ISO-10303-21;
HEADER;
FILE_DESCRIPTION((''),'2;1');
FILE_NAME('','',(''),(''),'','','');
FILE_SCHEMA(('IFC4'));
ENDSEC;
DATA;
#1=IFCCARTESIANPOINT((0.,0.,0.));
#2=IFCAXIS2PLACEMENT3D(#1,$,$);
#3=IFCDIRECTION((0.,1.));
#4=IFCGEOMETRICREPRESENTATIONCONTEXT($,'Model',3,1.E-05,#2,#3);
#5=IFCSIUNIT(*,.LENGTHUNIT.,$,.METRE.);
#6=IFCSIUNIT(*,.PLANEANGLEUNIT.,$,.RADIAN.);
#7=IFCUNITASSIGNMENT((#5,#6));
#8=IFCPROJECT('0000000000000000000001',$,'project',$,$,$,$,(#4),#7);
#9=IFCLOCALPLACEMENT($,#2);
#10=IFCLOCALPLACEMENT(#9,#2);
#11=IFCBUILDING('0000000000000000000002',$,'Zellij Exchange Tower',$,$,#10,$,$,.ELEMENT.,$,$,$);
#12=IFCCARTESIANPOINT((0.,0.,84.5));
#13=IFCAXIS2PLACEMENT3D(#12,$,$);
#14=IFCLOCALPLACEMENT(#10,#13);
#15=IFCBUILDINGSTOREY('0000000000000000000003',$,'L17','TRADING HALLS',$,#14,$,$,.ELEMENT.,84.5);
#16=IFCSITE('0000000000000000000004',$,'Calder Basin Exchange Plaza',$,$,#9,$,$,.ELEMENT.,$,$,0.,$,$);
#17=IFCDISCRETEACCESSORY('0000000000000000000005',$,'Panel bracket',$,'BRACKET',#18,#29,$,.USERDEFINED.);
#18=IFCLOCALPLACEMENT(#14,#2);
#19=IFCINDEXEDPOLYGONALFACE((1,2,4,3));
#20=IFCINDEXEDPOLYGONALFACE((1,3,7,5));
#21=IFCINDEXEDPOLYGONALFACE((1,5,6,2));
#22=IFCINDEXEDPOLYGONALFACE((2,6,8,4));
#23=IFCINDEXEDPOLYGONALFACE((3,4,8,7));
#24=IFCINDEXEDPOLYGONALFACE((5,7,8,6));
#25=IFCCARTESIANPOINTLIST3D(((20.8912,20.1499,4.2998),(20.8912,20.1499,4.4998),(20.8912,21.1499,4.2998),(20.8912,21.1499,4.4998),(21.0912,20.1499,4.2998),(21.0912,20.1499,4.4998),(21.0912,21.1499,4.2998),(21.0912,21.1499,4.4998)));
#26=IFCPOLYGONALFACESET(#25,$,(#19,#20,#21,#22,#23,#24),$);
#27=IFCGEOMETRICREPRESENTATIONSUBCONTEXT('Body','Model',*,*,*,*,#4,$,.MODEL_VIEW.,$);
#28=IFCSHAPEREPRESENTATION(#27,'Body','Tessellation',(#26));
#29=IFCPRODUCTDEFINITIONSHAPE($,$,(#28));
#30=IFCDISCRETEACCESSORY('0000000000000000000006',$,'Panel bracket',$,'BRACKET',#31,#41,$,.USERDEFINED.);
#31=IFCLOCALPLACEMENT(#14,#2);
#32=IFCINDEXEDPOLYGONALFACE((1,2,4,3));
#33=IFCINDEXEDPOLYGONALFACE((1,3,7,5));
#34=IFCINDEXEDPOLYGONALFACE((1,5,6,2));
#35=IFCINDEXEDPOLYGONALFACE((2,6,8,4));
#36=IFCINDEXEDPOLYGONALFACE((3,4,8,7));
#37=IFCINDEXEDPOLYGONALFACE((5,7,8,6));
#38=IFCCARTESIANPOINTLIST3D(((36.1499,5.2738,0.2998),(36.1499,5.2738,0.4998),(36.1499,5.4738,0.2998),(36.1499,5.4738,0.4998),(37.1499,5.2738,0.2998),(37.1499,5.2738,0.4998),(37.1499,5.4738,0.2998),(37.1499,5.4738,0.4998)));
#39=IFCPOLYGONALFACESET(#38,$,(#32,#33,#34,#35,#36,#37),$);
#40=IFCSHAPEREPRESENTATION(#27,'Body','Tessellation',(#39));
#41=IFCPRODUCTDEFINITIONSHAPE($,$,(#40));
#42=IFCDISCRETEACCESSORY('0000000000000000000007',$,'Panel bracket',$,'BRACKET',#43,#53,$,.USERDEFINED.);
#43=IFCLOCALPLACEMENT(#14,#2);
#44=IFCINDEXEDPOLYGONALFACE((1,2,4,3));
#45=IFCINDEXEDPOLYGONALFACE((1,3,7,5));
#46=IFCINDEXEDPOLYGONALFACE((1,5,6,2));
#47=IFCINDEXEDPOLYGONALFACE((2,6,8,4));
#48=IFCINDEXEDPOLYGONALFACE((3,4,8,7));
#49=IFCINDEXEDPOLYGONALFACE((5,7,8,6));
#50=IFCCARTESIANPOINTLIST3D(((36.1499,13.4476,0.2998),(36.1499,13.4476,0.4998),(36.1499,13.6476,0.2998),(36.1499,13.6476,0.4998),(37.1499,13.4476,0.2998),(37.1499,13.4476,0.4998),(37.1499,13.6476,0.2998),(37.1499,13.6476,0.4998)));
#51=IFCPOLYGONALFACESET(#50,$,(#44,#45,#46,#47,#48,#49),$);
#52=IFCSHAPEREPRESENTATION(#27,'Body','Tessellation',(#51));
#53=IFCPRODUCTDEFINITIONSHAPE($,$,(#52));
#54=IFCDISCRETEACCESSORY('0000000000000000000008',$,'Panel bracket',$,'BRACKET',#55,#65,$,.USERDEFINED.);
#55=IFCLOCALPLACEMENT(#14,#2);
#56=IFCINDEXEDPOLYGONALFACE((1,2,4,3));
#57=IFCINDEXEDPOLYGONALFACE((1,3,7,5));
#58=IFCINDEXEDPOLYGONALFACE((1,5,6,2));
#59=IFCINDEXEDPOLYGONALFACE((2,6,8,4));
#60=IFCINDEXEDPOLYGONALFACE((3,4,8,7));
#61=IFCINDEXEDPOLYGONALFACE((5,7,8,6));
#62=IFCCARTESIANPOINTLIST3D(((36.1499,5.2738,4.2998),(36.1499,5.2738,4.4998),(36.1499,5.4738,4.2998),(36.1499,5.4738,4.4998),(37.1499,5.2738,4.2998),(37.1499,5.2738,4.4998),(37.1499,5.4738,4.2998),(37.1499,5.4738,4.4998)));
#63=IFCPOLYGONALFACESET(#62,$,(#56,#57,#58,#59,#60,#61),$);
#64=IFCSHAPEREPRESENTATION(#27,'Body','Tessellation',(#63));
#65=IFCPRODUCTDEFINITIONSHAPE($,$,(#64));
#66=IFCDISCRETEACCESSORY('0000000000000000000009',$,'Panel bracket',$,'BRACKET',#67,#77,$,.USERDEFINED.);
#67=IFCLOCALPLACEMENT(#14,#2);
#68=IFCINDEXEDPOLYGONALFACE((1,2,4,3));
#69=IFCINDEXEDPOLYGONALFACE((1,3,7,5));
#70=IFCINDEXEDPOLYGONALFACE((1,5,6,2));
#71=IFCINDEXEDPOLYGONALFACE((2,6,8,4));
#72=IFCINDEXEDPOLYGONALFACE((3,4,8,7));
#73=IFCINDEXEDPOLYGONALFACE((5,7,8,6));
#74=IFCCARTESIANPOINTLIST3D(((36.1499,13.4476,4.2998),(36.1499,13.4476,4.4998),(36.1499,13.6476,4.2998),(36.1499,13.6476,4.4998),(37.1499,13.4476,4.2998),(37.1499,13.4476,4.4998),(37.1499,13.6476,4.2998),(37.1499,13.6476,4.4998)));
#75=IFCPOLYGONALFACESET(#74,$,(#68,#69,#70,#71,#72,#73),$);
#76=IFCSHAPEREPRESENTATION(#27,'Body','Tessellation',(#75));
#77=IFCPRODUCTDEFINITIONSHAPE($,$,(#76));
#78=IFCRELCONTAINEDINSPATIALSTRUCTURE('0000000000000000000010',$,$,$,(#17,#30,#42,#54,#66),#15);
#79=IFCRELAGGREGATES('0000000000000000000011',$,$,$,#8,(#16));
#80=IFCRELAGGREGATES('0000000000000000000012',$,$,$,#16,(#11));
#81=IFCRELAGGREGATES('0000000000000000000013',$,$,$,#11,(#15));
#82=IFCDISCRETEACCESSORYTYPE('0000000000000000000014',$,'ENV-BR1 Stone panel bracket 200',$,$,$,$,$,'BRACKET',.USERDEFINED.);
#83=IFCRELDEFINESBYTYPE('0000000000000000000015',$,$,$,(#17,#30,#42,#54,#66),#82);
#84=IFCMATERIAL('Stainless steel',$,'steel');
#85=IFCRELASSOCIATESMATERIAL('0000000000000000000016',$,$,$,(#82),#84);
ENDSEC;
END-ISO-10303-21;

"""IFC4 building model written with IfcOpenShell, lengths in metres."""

from ifc_helpers import new_model, si_unit, direction, frame, origin, origin_2d, place, context, subcontext, project, spatial, rectangle, extrude, material, type_object, element, save


model = new_model("IFC4")

# Units and contexts
model_context = context("Model", 3, precision=1e-05, world=origin(), true_north=direction((0.0, 1.0)))
body_context = subcontext(model_context, "Body", "Model", "MODEL_VIEW")
ifc_project = project(units=[si_unit("LENGTHUNIT", "METRE"), si_unit("PLANEANGLEUNIT", "RADIAN")], contexts=[model_context])

# Site, building, storey
site_placement = place(None, origin())
site = spatial("IfcSite", under=ifc_project, at=site_placement, Name="Calder Basin Exchange Plaza", CompositionType="ELEMENT", RefElevation=0.0)
building_placement = place(site_placement, origin())
building = spatial("IfcBuilding", under=site, at=building_placement, Name="Zellij Exchange Tower", CompositionType="ELEMENT")
storey_placement = place(building_placement, frame((0.0, 0.0, 84.5)))
storey = spatial("IfcBuildingStorey", under=building, at=storey_placement, Name="L17", Description="TRADING HALLS", CompositionType="ELEMENT", Elevation=84.5)

# Discrete accessories
ifc_material_1 = material(Name="Stainless steel", Category="steel")
discrete_accessory_type = type_object("IfcDiscreteAccessoryType", Name="ENV-BR1 Stone panel bracket 200", ElementType="BRACKET", PredefinedType="USERDEFINED", material=ifc_material_1)
for number, where, z_axis, x_axis, name in (
    (1, (20.9912, 20.6499, 4.2998), (0.0, 0.0, 1.0), (-1.0, 0.0, 0.0), "Panel bracket"),
    (2, (36.6499, 5.3738, 0.2998), (0.0, 0.0, 1.0), (0.0, 1.0, 0.0), "Panel bracket"),
    (3, (36.6499, 13.5476, 0.2998), (0.0, 0.0, 1.0), (0.0, 1.0, 0.0), "Panel bracket"),
    (4, (36.6499, 5.3738, 4.2998), (0.0, 0.0, 1.0), (0.0, 1.0, 0.0), "Panel bracket"),
    (5, (36.6499, 13.5476, 4.2998), (0.0, 0.0, 1.0), (0.0, 1.0, 0.0), "Panel bracket"),
):
    element("IfcDiscreteAccessory", number, at=place(storey_placement, frame(where, z_axis=z_axis, x_axis=x_axis)), inside=storey, type_object=discrete_accessory_type, Name=name, ObjectType="BRACKET", PredefinedType="USERDEFINED", context=body_context, shape_type="SweptSolid", body=[
        extrude(rectangle(XDim=0.2, YDim=1.0, at=origin_2d()), origin(), (0.0, 0.0, 1.0), 0.2),
    ])

save(model, "model.ifc")
